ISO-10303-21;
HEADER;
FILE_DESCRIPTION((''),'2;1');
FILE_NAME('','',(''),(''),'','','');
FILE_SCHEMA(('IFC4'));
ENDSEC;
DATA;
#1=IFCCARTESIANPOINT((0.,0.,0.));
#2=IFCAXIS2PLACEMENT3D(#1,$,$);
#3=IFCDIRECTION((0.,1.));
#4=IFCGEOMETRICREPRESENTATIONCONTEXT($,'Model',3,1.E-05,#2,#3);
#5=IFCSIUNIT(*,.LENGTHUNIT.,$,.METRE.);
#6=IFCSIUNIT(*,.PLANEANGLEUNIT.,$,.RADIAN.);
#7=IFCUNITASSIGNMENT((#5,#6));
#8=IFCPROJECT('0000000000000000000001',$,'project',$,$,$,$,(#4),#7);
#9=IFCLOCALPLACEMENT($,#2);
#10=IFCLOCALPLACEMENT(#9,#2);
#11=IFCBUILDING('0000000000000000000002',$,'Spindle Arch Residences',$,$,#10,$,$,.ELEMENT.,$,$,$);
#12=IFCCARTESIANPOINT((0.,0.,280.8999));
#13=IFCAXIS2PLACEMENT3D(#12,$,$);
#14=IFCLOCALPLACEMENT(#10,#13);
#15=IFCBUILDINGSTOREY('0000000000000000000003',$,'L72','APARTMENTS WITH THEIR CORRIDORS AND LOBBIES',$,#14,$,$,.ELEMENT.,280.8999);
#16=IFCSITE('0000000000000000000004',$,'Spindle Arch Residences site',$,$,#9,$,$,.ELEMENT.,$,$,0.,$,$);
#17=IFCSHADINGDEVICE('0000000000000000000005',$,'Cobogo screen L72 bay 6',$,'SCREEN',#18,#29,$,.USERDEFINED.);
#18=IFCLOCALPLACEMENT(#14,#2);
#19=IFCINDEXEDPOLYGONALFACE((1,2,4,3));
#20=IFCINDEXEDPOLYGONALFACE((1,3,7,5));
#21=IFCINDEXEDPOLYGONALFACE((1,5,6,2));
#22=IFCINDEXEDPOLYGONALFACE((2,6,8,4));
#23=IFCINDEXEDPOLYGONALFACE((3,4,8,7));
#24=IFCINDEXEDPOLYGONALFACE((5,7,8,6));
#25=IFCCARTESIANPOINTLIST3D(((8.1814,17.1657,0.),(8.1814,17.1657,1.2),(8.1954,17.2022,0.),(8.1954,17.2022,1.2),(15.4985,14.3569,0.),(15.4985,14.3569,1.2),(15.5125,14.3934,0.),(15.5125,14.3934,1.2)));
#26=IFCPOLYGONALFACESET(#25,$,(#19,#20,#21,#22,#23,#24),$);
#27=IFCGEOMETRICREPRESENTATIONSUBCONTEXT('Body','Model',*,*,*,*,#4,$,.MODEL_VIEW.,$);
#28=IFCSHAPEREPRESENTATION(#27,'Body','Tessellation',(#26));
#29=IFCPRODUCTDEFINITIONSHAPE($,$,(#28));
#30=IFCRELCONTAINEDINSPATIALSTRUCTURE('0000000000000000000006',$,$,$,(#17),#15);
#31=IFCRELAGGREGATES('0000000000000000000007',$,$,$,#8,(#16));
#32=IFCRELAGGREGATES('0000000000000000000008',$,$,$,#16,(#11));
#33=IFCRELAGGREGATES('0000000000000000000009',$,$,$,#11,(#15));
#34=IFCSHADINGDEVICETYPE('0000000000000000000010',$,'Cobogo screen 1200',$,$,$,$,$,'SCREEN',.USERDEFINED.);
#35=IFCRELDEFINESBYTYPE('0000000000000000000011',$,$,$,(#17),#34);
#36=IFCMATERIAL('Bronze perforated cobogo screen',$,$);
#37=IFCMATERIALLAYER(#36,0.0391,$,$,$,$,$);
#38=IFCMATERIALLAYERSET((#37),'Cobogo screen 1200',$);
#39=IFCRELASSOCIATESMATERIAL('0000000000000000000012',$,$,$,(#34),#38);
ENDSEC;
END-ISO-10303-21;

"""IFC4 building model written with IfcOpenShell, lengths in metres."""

from ifc_helpers import new_model, si_unit, direction, frame, origin, origin_2d, place, context, subcontext, project, spatial, rectangle, extrude, material, layer, layer_set, type_object, element, save


model = new_model("IFC4")

# Units and contexts
model_context = context("Model", 3, precision=1e-05, world=origin(), true_north=direction((0.0, 1.0)))
body_context = subcontext(model_context, "Body", "Model", "MODEL_VIEW")
ifc_project = project(units=[si_unit("LENGTHUNIT", "METRE"), si_unit("PLANEANGLEUNIT", "RADIAN")], contexts=[model_context])

# Site, building, storey
site_placement = place(None, origin())
site = spatial("IfcSite", under=ifc_project, at=site_placement, Name="Spindle Arch Residences site", CompositionType="ELEMENT", RefElevation=0.0)
building_placement = place(site_placement, origin())
building = spatial("IfcBuilding", under=site, at=building_placement, Name="Spindle Arch Residences", CompositionType="ELEMENT")
storey_placement = place(building_placement, frame((0.0, 0.0, 280.8999)))
storey = spatial("IfcBuildingStorey", under=building, at=storey_placement, Name="L72", Description="APARTMENTS WITH THEIR CORRIDORS AND LOBBIES", CompositionType="ELEMENT", Elevation=280.8999)

# Shading device
ifc_material_1 = material(Name="Bronze perforated cobogo screen")
ifc_layer_1 = layer(ifc_material_1, 0.0391)
ifc_layer_set_1 = layer_set([ifc_layer_1], Name="Cobogo screen 1200")
shading_device_type = type_object("IfcShadingDeviceType", Name="Cobogo screen 1200", ElementType="SCREEN", PredefinedType="USERDEFINED", material=ifc_layer_set_1)
shading_device_placement = place(storey_placement, frame((11.8469, 15.7795, 0.0), z_axis=(0.0, 0.0, 1.0), x_axis=(-0.93358, 0.358368, 0.0)))
element("IfcShadingDevice", 1, at=shading_device_placement, inside=storey, type_object=shading_device_type, Name="Cobogo screen L72 bay 6", ObjectType="SCREEN", PredefinedType="USERDEFINED", context=body_context, shape_type="SweptSolid", body=[
    extrude(rectangle(XDim=7.8376, YDim=0.0391, at=origin_2d()), origin(), (0.0, 0.0, 1.0), 1.2),
])

save(model, "model.ifc")
